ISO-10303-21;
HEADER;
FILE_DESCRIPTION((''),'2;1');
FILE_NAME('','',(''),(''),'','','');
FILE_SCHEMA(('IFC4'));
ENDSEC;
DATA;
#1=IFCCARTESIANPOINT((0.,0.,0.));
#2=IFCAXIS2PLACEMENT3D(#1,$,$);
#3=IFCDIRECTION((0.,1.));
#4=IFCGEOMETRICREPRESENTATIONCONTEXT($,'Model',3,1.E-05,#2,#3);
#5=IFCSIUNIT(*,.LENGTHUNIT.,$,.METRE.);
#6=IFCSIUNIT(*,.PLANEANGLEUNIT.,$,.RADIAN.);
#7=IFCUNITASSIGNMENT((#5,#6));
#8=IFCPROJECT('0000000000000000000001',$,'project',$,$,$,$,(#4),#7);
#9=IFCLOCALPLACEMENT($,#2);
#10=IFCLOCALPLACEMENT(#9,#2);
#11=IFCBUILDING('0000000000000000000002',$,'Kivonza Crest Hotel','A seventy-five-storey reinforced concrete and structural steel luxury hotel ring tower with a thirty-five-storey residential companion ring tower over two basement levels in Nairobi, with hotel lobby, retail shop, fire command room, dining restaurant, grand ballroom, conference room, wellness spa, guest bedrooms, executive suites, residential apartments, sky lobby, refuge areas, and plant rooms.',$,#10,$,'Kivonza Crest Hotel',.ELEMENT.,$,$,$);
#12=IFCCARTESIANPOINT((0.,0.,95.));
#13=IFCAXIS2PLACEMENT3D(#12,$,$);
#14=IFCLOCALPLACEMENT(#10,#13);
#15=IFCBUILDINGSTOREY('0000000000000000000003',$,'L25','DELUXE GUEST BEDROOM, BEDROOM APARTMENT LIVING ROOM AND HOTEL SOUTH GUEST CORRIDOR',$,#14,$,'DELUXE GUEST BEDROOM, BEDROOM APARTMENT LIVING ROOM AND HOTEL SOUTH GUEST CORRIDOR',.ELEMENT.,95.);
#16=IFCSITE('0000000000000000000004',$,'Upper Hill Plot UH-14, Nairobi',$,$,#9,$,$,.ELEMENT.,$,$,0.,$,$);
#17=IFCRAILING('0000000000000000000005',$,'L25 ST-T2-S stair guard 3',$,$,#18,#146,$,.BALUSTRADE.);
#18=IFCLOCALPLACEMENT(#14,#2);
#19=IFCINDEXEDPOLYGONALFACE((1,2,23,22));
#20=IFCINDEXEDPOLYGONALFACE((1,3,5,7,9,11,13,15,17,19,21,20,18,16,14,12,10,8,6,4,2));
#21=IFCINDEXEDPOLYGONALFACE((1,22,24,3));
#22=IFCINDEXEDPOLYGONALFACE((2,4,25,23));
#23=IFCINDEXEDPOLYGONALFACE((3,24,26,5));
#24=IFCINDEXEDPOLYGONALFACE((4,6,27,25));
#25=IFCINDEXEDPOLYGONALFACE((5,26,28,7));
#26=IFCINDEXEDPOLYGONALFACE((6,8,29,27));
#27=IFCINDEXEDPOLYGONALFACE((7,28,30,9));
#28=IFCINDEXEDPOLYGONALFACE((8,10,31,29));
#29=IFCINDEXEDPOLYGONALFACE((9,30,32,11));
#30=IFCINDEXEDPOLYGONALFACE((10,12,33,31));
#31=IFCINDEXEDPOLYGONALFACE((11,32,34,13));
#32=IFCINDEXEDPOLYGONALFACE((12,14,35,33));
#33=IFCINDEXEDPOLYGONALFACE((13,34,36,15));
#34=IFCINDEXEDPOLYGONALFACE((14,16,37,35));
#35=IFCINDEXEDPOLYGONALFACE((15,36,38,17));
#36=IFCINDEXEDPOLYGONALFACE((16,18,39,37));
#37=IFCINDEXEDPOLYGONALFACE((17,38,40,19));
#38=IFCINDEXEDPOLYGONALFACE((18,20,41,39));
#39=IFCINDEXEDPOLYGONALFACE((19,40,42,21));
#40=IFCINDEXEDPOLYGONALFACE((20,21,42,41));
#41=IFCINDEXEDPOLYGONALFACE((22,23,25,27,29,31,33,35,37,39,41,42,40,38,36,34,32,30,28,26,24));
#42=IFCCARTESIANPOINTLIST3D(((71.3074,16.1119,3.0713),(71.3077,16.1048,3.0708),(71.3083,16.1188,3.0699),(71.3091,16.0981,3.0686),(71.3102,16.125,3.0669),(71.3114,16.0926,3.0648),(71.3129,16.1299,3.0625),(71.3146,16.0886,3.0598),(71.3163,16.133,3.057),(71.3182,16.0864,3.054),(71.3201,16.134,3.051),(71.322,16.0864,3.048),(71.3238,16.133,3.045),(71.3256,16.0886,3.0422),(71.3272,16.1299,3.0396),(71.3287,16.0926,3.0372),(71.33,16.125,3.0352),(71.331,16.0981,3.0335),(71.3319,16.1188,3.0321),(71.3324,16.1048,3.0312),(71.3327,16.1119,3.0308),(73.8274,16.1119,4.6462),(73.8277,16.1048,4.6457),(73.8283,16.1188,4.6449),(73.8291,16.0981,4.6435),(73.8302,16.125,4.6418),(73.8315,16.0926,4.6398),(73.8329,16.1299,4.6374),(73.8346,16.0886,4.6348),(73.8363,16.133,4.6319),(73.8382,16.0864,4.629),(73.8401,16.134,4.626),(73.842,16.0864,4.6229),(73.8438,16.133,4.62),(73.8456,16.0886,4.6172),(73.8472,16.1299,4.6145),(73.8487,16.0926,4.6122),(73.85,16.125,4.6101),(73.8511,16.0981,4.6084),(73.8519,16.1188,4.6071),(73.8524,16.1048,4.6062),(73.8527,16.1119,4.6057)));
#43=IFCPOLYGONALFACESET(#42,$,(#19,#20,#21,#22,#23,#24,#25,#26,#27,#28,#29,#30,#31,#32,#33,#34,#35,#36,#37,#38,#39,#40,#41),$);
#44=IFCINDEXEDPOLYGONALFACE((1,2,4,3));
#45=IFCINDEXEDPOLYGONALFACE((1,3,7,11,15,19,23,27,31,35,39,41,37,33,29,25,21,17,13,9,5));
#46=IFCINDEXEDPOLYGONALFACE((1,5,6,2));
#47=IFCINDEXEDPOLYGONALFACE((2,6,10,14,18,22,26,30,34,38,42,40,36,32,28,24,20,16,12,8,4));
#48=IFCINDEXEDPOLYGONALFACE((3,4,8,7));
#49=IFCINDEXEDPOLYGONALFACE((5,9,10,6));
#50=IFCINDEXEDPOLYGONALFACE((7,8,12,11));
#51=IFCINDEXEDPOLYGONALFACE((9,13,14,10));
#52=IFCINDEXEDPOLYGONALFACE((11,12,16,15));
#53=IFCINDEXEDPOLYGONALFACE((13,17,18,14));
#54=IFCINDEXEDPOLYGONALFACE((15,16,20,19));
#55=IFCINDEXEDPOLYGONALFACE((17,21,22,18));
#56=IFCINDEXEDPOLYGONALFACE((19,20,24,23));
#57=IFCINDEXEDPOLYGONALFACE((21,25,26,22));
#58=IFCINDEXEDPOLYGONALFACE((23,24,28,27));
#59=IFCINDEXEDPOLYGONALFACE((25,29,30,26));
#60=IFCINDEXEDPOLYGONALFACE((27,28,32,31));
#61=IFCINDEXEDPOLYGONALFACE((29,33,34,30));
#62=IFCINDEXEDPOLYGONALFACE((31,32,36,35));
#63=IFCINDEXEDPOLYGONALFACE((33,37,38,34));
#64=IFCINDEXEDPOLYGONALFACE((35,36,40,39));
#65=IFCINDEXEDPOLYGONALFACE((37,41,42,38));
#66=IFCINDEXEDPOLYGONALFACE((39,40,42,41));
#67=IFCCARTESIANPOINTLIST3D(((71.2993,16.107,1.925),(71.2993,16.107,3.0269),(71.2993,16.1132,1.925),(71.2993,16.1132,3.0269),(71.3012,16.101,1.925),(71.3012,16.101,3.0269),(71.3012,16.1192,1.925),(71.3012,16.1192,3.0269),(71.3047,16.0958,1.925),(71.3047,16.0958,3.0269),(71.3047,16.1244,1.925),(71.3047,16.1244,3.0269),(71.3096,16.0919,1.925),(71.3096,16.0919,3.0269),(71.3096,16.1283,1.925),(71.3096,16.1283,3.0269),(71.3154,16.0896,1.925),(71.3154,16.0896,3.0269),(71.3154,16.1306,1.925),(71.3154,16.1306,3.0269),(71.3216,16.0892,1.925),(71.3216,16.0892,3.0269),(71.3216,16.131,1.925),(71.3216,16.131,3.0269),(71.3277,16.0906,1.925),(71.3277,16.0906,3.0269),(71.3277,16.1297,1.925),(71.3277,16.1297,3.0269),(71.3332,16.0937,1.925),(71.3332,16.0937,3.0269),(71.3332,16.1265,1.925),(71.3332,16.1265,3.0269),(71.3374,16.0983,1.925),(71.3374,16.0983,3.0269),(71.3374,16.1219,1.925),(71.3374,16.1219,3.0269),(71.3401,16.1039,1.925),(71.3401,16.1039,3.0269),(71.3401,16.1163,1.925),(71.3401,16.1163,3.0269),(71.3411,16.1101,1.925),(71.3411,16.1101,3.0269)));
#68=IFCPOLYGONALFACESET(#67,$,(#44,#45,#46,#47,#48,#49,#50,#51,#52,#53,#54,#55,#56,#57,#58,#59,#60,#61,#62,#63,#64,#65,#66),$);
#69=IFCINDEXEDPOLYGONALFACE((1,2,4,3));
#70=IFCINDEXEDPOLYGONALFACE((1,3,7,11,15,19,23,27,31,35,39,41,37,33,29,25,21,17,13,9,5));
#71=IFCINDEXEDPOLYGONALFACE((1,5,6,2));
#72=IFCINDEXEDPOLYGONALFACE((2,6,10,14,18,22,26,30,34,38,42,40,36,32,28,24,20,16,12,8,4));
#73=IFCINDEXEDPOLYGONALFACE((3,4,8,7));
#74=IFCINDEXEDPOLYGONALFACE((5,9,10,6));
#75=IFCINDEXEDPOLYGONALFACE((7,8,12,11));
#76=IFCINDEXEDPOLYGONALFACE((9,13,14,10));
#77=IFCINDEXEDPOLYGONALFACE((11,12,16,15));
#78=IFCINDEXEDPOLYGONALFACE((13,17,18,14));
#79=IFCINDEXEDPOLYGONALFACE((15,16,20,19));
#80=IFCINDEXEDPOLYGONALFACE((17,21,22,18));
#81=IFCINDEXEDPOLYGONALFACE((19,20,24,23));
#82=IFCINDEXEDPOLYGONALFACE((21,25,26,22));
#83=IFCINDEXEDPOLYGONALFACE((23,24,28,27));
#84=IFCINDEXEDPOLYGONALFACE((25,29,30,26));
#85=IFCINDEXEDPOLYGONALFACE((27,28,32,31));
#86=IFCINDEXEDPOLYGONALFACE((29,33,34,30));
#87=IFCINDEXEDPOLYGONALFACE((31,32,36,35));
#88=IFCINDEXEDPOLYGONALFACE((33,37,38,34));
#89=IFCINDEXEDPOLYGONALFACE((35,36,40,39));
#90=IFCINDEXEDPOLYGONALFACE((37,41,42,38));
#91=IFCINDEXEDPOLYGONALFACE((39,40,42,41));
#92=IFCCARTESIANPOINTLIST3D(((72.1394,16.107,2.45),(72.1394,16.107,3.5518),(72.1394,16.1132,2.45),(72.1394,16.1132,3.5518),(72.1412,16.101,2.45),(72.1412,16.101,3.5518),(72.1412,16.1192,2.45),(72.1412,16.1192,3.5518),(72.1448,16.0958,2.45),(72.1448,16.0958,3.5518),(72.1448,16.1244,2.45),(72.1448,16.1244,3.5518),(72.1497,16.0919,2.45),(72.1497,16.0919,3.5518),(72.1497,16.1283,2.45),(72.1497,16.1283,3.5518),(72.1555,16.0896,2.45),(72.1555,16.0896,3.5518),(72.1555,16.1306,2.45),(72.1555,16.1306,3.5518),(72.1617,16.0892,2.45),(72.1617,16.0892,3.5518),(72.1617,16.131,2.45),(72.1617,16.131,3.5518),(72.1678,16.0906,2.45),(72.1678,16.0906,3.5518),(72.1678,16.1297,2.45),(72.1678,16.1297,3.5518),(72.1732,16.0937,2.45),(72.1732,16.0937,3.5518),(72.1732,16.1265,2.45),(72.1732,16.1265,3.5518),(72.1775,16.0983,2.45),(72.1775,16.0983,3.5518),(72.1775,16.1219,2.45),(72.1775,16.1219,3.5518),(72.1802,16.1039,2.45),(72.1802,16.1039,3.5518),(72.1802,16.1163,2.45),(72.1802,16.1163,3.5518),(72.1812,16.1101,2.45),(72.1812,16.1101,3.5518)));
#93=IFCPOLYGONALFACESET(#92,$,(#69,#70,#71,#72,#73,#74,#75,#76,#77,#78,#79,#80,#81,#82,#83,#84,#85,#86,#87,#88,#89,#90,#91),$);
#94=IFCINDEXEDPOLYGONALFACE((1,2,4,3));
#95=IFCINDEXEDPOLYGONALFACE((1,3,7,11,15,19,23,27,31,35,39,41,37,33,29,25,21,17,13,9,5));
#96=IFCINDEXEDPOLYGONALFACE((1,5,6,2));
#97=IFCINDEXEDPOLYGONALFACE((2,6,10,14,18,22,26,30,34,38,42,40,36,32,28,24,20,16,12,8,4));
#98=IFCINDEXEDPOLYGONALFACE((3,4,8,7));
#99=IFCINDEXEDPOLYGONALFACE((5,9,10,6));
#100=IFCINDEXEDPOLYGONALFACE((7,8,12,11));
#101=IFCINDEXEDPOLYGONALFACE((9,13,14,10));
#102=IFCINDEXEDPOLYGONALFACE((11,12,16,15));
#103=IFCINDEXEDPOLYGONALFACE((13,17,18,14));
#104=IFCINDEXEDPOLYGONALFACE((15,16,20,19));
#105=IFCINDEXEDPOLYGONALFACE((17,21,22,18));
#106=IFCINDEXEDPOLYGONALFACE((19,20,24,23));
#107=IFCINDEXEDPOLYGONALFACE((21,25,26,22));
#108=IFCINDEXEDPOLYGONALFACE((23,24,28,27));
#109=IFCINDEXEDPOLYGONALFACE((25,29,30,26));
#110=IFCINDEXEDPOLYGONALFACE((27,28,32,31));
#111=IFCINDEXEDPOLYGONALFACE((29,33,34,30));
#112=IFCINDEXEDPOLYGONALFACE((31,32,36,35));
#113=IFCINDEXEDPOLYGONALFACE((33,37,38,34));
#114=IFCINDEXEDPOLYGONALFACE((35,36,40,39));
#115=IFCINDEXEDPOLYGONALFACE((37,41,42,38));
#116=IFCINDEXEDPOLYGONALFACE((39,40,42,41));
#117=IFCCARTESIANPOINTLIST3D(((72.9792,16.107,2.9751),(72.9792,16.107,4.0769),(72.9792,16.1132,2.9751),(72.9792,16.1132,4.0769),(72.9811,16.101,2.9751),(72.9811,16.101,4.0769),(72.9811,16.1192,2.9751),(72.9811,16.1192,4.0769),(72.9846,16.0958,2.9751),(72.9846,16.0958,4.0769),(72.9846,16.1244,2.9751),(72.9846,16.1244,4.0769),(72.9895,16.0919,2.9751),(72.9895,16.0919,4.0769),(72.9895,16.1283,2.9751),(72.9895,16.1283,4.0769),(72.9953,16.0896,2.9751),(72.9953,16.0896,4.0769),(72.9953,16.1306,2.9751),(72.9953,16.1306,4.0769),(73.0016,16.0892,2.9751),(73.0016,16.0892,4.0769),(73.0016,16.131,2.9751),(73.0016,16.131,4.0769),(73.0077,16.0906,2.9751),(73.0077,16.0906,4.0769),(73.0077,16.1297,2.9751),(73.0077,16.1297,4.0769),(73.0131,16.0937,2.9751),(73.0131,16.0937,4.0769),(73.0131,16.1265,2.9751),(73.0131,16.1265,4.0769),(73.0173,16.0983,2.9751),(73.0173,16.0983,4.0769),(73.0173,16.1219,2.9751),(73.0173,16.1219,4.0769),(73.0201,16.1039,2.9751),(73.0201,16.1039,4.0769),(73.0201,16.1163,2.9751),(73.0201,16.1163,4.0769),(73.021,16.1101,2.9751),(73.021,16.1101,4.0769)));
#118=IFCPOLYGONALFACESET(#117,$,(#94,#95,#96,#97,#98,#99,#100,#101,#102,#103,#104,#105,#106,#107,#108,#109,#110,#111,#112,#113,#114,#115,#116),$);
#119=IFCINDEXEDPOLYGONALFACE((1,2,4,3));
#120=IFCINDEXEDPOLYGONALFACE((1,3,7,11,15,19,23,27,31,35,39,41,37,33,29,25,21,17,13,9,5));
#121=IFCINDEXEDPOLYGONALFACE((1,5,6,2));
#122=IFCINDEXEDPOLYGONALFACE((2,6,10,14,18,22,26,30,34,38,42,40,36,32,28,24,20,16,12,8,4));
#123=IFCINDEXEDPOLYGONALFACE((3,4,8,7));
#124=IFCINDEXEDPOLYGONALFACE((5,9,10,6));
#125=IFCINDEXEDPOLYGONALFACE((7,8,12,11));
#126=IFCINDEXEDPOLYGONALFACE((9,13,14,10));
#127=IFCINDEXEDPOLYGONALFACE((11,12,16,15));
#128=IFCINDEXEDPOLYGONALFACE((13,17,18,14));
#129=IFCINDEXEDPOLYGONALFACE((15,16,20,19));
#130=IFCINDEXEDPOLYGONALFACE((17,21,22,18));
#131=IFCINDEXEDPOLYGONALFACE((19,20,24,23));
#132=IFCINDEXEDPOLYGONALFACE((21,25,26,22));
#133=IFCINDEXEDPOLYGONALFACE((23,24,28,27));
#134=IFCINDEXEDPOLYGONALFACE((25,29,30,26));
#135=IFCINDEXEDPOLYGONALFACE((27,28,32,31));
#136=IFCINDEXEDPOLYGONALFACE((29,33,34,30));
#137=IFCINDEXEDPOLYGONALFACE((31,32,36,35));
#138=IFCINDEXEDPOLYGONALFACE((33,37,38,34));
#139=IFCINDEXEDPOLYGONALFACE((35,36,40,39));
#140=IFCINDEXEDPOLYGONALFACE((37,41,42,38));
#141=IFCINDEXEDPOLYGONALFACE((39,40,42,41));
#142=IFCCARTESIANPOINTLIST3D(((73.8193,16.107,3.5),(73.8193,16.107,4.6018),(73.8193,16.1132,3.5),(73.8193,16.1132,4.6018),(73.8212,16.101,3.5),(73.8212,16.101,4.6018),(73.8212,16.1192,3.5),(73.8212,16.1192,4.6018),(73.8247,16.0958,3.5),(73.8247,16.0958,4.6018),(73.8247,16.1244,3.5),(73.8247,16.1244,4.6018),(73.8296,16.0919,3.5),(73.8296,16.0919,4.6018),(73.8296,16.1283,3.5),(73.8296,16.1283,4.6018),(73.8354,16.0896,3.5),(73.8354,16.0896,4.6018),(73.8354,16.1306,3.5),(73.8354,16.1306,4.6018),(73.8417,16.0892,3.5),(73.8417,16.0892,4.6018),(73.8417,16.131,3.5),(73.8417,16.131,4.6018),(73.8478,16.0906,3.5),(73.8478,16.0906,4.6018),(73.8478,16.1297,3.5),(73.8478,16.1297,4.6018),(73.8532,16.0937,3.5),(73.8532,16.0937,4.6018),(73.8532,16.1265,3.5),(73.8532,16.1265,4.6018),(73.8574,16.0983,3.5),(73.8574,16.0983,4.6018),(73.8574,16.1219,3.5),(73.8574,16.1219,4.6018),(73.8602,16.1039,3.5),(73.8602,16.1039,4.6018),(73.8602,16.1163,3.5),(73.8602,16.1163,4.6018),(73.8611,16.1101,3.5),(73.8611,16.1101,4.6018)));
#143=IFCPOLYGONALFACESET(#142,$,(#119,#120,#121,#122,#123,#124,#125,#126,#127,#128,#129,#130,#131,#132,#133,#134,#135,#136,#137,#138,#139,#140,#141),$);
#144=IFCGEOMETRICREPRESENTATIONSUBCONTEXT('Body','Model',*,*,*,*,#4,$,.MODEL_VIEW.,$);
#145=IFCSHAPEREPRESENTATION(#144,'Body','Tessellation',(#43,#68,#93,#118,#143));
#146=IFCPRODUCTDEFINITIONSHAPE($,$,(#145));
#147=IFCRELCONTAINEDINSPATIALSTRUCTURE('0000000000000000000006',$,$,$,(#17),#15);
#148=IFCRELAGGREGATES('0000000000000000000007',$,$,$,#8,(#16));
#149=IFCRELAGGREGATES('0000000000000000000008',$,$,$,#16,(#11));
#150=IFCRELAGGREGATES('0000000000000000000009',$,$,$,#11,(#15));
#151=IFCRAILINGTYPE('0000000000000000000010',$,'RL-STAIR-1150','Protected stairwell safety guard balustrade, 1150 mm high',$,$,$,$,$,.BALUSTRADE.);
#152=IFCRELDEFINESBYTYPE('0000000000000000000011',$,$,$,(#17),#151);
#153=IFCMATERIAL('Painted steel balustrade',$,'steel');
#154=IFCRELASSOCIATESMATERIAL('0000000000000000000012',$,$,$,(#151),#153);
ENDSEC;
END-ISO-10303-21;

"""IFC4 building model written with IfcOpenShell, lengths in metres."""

from ifc_helpers import new_model, si_unit, direction, frame, origin, origin_2d, place, context, subcontext, project, spatial, circle, extrude, material, type_object, element, save


model = new_model("IFC4")

# Units and contexts
model_context = context("Model", 3, precision=1e-05, world=origin(), true_north=direction((0.0, 1.0)))
body_context = subcontext(model_context, "Body", "Model", "MODEL_VIEW")
ifc_project = project(units=[si_unit("LENGTHUNIT", "METRE"), si_unit("PLANEANGLEUNIT", "RADIAN")], contexts=[model_context])

# Site, building, storey
site_placement = place(None, origin())
site = spatial("IfcSite", under=ifc_project, at=site_placement, Name="Upper Hill Plot UH-14, Nairobi", CompositionType="ELEMENT", RefElevation=0.0)
building_placement = place(site_placement, origin())
building = spatial("IfcBuilding", under=site, at=building_placement, Name="Kivonza Crest Hotel", Description="A seventy-five-storey reinforced concrete and structural steel luxury hotel ring tower with a thirty-five-storey residential companion ring tower over two basement levels in Nairobi, with hotel lobby, retail shop, fire command room, dining restaurant, grand ballroom, conference room, wellness spa, guest bedrooms, executive suites, residential apartments, sky lobby, refuge areas, and plant rooms.", LongName="Kivonza Crest Hotel", CompositionType="ELEMENT")
storey_placement = place(building_placement, frame((0.0, 0.0, 95.0)))
storey = spatial("IfcBuildingStorey", under=building, at=storey_placement, Name="L25", Description="DELUXE GUEST BEDROOM, BEDROOM APARTMENT LIVING ROOM AND HOTEL SOUTH GUEST CORRIDOR", LongName="DELUXE GUEST BEDROOM, BEDROOM APARTMENT LIVING ROOM AND HOTEL SOUTH GUEST CORRIDOR", CompositionType="ELEMENT", Elevation=95.0)

# Railing
ifc_material_1 = material(Name="Painted steel balustrade", Category="steel")
railing_type_1 = type_object("IfcRailingType", Name="RL-STAIR-1150", Description="Protected stairwell safety guard balustrade, 1150 mm high", PredefinedType="BALUSTRADE", material=ifc_material_1)
railing_1_placement = place(storey_placement, frame((71.3201, 16.1101, 1.925)))
element("IfcRailing", 1, at=railing_1_placement, inside=storey, type_object=railing_type_1, Name="L25 ST-T2-S stair guard 3", PredefinedType="BALUSTRADE", context=body_context, shape_type="SweptSolid", body=[
    extrude(circle(Radius=0.0239, at=origin_2d()), frame((0.0, 0.0, 1.126), z_axis=(0.848008, 0.0, 0.529984), x_axis=(0.0, 1.0, 0.0)), (0.0, 0.0, 1.0), 2.9717),
    extrude(circle(Radius=0.021, at=origin_2d()), origin(), (0.0, 0.0, 1.0), 1.1018),
    extrude(circle(Radius=0.021, at=origin_2d()), frame((0.8401, 0.0, 0.5249)), (0.0, 0.0, 1.0), 1.1018),
    extrude(circle(Radius=0.021, at=origin_2d()), frame((1.6799, 0.0, 1.05)), (0.0, 0.0, 1.0), 1.1018),
    extrude(circle(Radius=0.021, at=origin_2d()), frame((2.52, 0.0, 1.575)), (0.0, 0.0, 1.0), 1.1018),
])

save(model, "model.ifc")
